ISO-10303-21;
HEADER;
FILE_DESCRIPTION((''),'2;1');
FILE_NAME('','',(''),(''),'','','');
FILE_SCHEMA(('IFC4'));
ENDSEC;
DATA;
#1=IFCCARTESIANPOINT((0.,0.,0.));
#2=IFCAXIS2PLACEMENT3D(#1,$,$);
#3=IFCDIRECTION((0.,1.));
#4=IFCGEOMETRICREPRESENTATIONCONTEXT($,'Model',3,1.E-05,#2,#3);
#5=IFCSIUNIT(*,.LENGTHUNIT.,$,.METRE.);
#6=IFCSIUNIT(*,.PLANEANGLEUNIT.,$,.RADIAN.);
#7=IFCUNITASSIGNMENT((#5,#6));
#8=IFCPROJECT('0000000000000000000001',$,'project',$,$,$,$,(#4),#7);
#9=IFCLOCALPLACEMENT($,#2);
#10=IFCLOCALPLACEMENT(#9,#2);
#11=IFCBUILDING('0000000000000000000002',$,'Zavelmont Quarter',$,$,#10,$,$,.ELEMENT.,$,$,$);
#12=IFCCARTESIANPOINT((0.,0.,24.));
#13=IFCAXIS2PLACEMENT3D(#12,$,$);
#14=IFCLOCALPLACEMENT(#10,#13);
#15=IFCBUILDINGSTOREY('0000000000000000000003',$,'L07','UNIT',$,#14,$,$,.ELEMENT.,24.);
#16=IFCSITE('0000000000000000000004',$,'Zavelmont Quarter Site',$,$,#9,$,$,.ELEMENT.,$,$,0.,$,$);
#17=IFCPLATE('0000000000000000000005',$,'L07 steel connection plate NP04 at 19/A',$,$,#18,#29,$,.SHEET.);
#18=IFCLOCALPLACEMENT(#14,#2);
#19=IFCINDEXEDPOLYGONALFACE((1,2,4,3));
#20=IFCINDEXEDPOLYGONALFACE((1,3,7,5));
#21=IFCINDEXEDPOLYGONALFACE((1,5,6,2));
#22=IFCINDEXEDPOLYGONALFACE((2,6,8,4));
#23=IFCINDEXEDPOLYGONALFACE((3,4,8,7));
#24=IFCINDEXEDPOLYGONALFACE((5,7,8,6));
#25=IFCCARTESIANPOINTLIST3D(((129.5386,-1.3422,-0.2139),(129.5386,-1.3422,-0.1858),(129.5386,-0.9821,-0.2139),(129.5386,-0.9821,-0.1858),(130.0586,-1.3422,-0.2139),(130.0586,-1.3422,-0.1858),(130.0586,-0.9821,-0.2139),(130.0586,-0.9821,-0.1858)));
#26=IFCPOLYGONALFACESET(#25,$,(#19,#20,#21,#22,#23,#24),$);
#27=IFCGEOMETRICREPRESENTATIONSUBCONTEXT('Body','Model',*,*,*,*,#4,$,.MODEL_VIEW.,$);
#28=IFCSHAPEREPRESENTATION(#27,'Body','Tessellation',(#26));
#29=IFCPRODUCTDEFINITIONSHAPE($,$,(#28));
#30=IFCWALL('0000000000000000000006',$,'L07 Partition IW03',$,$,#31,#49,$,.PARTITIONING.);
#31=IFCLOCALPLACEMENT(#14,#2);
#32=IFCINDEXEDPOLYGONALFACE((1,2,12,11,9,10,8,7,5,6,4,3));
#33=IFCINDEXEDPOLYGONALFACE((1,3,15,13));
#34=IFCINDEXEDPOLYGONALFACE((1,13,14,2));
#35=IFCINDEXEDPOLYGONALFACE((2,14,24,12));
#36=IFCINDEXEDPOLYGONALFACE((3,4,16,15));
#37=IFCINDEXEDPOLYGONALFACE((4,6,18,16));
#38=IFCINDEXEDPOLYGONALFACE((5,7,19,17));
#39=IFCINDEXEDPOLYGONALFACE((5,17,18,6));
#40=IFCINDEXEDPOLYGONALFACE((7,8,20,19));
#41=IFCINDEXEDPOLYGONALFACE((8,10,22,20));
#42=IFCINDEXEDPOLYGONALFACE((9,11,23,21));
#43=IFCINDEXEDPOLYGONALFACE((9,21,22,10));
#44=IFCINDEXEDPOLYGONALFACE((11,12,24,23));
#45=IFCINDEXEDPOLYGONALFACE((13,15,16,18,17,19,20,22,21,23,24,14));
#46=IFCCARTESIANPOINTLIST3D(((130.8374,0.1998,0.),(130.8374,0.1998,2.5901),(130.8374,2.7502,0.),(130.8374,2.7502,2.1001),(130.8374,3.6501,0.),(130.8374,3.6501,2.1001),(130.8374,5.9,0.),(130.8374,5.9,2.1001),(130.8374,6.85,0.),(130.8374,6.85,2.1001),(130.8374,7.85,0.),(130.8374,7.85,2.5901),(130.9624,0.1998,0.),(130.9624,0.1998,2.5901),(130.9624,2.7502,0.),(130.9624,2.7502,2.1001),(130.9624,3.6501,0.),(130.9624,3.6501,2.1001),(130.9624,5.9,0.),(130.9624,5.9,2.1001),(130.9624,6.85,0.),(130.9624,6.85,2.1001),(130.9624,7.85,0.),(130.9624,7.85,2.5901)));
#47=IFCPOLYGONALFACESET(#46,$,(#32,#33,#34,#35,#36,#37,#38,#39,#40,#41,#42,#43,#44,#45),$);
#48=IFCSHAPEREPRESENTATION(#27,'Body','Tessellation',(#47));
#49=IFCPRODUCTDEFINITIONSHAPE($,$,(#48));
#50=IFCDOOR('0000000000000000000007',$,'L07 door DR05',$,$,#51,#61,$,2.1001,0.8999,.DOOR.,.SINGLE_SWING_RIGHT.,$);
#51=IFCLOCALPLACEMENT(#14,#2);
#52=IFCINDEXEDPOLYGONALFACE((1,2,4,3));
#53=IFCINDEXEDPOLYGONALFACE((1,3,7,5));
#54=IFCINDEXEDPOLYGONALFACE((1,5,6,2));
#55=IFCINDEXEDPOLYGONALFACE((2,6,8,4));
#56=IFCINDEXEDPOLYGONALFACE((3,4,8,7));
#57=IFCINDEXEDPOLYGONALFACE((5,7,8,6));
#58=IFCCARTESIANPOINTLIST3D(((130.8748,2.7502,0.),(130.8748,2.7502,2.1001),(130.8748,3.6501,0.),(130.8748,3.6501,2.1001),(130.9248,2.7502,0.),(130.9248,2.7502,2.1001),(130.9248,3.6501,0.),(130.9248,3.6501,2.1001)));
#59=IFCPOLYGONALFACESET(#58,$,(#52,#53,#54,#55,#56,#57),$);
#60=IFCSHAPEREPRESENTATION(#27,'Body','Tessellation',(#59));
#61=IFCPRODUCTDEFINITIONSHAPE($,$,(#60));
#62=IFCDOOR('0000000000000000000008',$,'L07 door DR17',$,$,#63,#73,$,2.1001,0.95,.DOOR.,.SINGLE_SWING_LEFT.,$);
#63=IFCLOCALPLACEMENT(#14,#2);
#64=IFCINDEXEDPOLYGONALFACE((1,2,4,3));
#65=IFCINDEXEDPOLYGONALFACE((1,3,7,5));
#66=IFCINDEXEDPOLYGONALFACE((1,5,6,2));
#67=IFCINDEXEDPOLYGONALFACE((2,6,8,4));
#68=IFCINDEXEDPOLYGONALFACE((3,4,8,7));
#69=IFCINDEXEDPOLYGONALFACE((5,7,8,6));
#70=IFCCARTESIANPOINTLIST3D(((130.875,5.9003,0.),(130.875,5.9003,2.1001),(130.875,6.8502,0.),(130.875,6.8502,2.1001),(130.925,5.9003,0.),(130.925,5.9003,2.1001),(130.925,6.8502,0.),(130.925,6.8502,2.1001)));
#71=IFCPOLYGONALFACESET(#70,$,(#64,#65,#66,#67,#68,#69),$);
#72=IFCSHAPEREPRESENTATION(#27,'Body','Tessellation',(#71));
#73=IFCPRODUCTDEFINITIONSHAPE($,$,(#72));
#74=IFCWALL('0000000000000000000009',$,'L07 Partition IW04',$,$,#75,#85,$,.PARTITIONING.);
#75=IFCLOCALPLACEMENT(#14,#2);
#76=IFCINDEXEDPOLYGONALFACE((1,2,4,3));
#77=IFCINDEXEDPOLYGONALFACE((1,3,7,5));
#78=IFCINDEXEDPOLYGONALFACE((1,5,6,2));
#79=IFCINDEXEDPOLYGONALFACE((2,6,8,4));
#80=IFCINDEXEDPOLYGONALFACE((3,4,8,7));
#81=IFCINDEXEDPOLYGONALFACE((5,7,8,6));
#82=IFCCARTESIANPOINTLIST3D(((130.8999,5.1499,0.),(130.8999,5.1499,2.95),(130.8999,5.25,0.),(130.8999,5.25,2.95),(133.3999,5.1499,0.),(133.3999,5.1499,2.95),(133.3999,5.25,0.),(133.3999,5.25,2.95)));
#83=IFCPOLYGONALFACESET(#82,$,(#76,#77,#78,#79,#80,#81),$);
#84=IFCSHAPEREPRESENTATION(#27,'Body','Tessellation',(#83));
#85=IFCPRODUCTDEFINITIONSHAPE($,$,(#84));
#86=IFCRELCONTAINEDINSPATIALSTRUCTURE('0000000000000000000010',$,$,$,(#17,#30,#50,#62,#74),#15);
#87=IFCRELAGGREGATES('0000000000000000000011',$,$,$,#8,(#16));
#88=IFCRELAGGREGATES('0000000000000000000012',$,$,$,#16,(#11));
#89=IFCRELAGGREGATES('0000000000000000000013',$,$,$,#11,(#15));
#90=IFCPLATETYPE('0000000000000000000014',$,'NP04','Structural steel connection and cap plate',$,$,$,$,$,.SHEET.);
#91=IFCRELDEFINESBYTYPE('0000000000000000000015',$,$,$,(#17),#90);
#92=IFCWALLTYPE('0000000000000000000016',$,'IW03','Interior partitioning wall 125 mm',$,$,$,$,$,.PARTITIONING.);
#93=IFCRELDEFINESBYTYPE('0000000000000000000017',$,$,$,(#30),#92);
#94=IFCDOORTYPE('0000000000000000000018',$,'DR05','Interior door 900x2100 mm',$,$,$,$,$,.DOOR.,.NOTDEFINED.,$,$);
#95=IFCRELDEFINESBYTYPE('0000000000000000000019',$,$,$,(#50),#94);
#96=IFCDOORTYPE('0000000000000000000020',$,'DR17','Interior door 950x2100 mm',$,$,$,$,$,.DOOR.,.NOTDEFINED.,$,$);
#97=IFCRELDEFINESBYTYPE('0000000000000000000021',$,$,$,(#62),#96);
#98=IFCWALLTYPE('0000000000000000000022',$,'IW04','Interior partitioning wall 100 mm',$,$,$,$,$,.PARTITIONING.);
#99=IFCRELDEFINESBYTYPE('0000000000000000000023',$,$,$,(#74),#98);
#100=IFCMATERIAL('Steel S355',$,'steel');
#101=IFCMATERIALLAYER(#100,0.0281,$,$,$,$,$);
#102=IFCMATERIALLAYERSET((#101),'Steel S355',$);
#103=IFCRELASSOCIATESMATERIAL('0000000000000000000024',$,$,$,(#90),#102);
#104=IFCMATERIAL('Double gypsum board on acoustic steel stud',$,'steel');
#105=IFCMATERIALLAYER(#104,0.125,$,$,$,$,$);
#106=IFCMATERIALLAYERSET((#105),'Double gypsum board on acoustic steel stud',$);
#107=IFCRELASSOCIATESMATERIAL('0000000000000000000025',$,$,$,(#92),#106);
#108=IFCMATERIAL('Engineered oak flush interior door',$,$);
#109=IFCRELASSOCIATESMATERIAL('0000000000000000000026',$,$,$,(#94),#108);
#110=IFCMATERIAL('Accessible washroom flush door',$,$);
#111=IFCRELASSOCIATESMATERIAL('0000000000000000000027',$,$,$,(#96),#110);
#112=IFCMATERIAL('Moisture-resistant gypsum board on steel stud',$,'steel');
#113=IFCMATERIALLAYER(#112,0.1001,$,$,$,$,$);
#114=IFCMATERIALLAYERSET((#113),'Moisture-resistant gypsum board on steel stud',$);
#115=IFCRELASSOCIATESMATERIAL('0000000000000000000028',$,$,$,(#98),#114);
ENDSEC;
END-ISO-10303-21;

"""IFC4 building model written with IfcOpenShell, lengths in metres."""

from ifc_helpers import new_model, si_unit, direction, frame, frame_2d, origin, origin_with_axes, origin_2d, place, context, subcontext, project, spatial, rectangle, extrude, material, layer, layer_set, type_object, element, fill, save


model = new_model("IFC4")

# Units and contexts
model_context = context("Model", 3, precision=1e-05, world=origin(), true_north=direction((0.0, 1.0)))
body_context = subcontext(model_context, "Body", "Model", "MODEL_VIEW")
ifc_project = project(units=[si_unit("LENGTHUNIT", "METRE"), si_unit("PLANEANGLEUNIT", "RADIAN")], contexts=[model_context])

# Site, building, storey
site_placement = place(None, origin())
site = spatial("IfcSite", under=ifc_project, at=site_placement, Name="Zavelmont Quarter Site", CompositionType="ELEMENT", RefElevation=0.0)
building_placement = place(site_placement, origin())
building = spatial("IfcBuilding", under=site, at=building_placement, Name="Zavelmont Quarter", CompositionType="ELEMENT")
storey_placement = place(building_placement, frame((0.0, 0.0, 24.0)))
storey = spatial("IfcBuildingStorey", under=building, at=storey_placement, Name="L07", Description="UNIT", CompositionType="ELEMENT", Elevation=24.0)

# Shared definitions
ifc_material_1 = material(Name="Steel S355", Category="steel")

# Plate
ifc_layer_1 = layer(ifc_material_1, 0.0281)
ifc_layer_set_1 = layer_set([ifc_layer_1], Name="Steel S355")
plate_type = type_object("IfcPlateType", Name="NP04", Description="Structural steel connection and cap plate", PredefinedType="SHEET", material=ifc_layer_set_1)
plate_placement = place(storey_placement, frame((129.7986, -1.1621, -0.2139), z_axis=(0.0, 0.0, 1.0), x_axis=(1.0, 0.0, 0.0)))
element("IfcPlate", 1, at=plate_placement, inside=storey, type_object=plate_type, Name="L07 steel connection plate NP04 at 19/A", PredefinedType="SHEET", context=body_context, shape_type="SweptSolid", body=[
    extrude(rectangle(XDim=0.52, YDim=0.3601, at=origin_2d()), origin(), (0.0, 0.0, 1.0), 0.0281),
])

# Wall, openings, doors
ifc_material_2 = material(Name="Double gypsum board on acoustic steel stud", Category="steel")
ifc_layer_2 = layer(ifc_material_2, 0.125)
ifc_layer_set_2 = layer_set([ifc_layer_2], Name="Double gypsum board on acoustic steel stud")
wall_type_1 = type_object("IfcWallType", Name="IW03", Description="Interior partitioning wall 125 mm", PredefinedType="PARTITIONING", material=ifc_layer_set_2)
wall_1_placement = place(storey_placement, frame((130.8999, 7.8501, 0.0), z_axis=(0.0, 0.0, 1.0), x_axis=(0.0, -1.0, 0.0)))
wall_1 = element("IfcWall", 2, at=wall_1_placement, inside=storey, type_object=wall_type_1, Name="L07 Partition IW03", PredefinedType="PARTITIONING", context=body_context, shape_type="SweptSolid", body=[
    extrude(rectangle(XDim=7.6501, YDim=0.125, at=frame_2d((3.8252, 0.0))), origin(), (0.0, 0.0, 1.0), 2.5901),
])
opening_1_placement = place(wall_1_placement, frame((1.0, 0.0, 0.0)))
opening_1 = element("IfcOpeningElement", 3, at=opening_1_placement, cuts=wall_1, PredefinedType="OPENING", context=body_context, shape_type="SweptSolid", body=[
    extrude(rectangle(XDim=0.95, YDim=2.1001, at=frame_2d((0.4751, 1.05))), frame((0.0, 0.0745, 0.0), z_axis=(0.0, -1.0, 0.0), x_axis=(1.0, 0.0, 0.0)), (0.0, 0.0, 1.0), 0.1489),
])
opening_2_placement = place(wall_1_placement, frame((4.2, 0.0, 0.0)))
opening_2 = element("IfcOpeningElement", 4, at=opening_2_placement, cuts=wall_1, PredefinedType="OPENING", context=body_context, shape_type="SweptSolid", body=[
    extrude(rectangle(XDim=0.8999, YDim=2.1001, at=frame_2d((0.45, 1.05))), frame((0.0, 0.0745, 0.0), z_axis=(0.0, -1.0, 0.0), x_axis=(1.0, 0.0, 0.0)), (0.0, 0.0, 1.0), 0.1489),
])
ifc_material_3 = material(Name="Engineered oak flush interior door")
door_type_1 = type_object("IfcDoorType", Name="DR05", Description="Interior door 900x2100 mm", OperationType="NOTDEFINED", PredefinedType="DOOR", material=ifc_material_3)
door_1_placement = place(opening_2_placement, origin_with_axes())
door_1 = element("IfcDoor", 5, at=door_1_placement, inside=storey, type_object=door_type_1, Name="L07 door DR05", OperationType="SINGLE_SWING_RIGHT", OverallHeight=2.1001, OverallWidth=0.8999, PredefinedType="DOOR", context=body_context, shape_type="SweptSolid", body=[
    extrude(rectangle(XDim=0.8999, YDim=2.1001, at=frame_2d((0.45, 1.05))), frame((0.0, 0.0249, 0.0), z_axis=(0.0, -1.0, 0.0), x_axis=(1.0, 0.0, 0.0)), (0.0, 0.0, 1.0), 0.05),
])
fill(opening_2, door_1)
ifc_material_4 = material(Name="Accessible washroom flush door")
door_type_2 = type_object("IfcDoorType", Name="DR17", Description="Interior door 950x2100 mm", OperationType="NOTDEFINED", PredefinedType="DOOR", material=ifc_material_4)
door_2_placement = place(opening_1_placement, frame((0.95, 0.0, 0.0), z_axis=(0.0, 0.0, 1.0), x_axis=(-1.0, 0.0, 0.0)))
door_2 = element("IfcDoor", 6, at=door_2_placement, inside=storey, type_object=door_type_2, Name="L07 door DR17", OperationType="SINGLE_SWING_LEFT", OverallHeight=2.1001, OverallWidth=0.95, PredefinedType="DOOR", context=body_context, shape_type="SweptSolid", body=[
    extrude(rectangle(XDim=0.95, YDim=2.1001, at=frame_2d((0.4751, 1.05))), frame((0.0, 0.0249, 0.0), z_axis=(0.0, -1.0, 0.0), x_axis=(1.0, 0.0, 0.0)), (0.0, 0.0, 1.0), 0.05),
])
fill(opening_1, door_2)

# Wall
ifc_material_5 = material(Name="Moisture-resistant gypsum board on steel stud", Category="steel")
ifc_layer_3 = layer(ifc_material_5, 0.1001)
ifc_layer_set_3 = layer_set([ifc_layer_3], Name="Moisture-resistant gypsum board on steel stud")
wall_type_2 = type_object("IfcWallType", Name="IW04", Description="Interior partitioning wall 100 mm", PredefinedType="PARTITIONING", material=ifc_layer_set_3)
wall_2_placement = place(storey_placement, frame((130.8999, 5.2, 0.0), z_axis=(0.0, 0.0, 1.0), x_axis=(1.0, 0.0, 0.0)))
element("IfcWall", 7, at=wall_2_placement, inside=storey, type_object=wall_type_2, Name="L07 Partition IW04", PredefinedType="PARTITIONING", context=body_context, shape_type="SweptSolid", body=[
    extrude(rectangle(XDim=2.5, YDim=0.1001, at=frame_2d((1.25, 0.0))), origin(), (0.0, 0.0, 1.0), 2.95),
])

save(model, "model.ifc")
